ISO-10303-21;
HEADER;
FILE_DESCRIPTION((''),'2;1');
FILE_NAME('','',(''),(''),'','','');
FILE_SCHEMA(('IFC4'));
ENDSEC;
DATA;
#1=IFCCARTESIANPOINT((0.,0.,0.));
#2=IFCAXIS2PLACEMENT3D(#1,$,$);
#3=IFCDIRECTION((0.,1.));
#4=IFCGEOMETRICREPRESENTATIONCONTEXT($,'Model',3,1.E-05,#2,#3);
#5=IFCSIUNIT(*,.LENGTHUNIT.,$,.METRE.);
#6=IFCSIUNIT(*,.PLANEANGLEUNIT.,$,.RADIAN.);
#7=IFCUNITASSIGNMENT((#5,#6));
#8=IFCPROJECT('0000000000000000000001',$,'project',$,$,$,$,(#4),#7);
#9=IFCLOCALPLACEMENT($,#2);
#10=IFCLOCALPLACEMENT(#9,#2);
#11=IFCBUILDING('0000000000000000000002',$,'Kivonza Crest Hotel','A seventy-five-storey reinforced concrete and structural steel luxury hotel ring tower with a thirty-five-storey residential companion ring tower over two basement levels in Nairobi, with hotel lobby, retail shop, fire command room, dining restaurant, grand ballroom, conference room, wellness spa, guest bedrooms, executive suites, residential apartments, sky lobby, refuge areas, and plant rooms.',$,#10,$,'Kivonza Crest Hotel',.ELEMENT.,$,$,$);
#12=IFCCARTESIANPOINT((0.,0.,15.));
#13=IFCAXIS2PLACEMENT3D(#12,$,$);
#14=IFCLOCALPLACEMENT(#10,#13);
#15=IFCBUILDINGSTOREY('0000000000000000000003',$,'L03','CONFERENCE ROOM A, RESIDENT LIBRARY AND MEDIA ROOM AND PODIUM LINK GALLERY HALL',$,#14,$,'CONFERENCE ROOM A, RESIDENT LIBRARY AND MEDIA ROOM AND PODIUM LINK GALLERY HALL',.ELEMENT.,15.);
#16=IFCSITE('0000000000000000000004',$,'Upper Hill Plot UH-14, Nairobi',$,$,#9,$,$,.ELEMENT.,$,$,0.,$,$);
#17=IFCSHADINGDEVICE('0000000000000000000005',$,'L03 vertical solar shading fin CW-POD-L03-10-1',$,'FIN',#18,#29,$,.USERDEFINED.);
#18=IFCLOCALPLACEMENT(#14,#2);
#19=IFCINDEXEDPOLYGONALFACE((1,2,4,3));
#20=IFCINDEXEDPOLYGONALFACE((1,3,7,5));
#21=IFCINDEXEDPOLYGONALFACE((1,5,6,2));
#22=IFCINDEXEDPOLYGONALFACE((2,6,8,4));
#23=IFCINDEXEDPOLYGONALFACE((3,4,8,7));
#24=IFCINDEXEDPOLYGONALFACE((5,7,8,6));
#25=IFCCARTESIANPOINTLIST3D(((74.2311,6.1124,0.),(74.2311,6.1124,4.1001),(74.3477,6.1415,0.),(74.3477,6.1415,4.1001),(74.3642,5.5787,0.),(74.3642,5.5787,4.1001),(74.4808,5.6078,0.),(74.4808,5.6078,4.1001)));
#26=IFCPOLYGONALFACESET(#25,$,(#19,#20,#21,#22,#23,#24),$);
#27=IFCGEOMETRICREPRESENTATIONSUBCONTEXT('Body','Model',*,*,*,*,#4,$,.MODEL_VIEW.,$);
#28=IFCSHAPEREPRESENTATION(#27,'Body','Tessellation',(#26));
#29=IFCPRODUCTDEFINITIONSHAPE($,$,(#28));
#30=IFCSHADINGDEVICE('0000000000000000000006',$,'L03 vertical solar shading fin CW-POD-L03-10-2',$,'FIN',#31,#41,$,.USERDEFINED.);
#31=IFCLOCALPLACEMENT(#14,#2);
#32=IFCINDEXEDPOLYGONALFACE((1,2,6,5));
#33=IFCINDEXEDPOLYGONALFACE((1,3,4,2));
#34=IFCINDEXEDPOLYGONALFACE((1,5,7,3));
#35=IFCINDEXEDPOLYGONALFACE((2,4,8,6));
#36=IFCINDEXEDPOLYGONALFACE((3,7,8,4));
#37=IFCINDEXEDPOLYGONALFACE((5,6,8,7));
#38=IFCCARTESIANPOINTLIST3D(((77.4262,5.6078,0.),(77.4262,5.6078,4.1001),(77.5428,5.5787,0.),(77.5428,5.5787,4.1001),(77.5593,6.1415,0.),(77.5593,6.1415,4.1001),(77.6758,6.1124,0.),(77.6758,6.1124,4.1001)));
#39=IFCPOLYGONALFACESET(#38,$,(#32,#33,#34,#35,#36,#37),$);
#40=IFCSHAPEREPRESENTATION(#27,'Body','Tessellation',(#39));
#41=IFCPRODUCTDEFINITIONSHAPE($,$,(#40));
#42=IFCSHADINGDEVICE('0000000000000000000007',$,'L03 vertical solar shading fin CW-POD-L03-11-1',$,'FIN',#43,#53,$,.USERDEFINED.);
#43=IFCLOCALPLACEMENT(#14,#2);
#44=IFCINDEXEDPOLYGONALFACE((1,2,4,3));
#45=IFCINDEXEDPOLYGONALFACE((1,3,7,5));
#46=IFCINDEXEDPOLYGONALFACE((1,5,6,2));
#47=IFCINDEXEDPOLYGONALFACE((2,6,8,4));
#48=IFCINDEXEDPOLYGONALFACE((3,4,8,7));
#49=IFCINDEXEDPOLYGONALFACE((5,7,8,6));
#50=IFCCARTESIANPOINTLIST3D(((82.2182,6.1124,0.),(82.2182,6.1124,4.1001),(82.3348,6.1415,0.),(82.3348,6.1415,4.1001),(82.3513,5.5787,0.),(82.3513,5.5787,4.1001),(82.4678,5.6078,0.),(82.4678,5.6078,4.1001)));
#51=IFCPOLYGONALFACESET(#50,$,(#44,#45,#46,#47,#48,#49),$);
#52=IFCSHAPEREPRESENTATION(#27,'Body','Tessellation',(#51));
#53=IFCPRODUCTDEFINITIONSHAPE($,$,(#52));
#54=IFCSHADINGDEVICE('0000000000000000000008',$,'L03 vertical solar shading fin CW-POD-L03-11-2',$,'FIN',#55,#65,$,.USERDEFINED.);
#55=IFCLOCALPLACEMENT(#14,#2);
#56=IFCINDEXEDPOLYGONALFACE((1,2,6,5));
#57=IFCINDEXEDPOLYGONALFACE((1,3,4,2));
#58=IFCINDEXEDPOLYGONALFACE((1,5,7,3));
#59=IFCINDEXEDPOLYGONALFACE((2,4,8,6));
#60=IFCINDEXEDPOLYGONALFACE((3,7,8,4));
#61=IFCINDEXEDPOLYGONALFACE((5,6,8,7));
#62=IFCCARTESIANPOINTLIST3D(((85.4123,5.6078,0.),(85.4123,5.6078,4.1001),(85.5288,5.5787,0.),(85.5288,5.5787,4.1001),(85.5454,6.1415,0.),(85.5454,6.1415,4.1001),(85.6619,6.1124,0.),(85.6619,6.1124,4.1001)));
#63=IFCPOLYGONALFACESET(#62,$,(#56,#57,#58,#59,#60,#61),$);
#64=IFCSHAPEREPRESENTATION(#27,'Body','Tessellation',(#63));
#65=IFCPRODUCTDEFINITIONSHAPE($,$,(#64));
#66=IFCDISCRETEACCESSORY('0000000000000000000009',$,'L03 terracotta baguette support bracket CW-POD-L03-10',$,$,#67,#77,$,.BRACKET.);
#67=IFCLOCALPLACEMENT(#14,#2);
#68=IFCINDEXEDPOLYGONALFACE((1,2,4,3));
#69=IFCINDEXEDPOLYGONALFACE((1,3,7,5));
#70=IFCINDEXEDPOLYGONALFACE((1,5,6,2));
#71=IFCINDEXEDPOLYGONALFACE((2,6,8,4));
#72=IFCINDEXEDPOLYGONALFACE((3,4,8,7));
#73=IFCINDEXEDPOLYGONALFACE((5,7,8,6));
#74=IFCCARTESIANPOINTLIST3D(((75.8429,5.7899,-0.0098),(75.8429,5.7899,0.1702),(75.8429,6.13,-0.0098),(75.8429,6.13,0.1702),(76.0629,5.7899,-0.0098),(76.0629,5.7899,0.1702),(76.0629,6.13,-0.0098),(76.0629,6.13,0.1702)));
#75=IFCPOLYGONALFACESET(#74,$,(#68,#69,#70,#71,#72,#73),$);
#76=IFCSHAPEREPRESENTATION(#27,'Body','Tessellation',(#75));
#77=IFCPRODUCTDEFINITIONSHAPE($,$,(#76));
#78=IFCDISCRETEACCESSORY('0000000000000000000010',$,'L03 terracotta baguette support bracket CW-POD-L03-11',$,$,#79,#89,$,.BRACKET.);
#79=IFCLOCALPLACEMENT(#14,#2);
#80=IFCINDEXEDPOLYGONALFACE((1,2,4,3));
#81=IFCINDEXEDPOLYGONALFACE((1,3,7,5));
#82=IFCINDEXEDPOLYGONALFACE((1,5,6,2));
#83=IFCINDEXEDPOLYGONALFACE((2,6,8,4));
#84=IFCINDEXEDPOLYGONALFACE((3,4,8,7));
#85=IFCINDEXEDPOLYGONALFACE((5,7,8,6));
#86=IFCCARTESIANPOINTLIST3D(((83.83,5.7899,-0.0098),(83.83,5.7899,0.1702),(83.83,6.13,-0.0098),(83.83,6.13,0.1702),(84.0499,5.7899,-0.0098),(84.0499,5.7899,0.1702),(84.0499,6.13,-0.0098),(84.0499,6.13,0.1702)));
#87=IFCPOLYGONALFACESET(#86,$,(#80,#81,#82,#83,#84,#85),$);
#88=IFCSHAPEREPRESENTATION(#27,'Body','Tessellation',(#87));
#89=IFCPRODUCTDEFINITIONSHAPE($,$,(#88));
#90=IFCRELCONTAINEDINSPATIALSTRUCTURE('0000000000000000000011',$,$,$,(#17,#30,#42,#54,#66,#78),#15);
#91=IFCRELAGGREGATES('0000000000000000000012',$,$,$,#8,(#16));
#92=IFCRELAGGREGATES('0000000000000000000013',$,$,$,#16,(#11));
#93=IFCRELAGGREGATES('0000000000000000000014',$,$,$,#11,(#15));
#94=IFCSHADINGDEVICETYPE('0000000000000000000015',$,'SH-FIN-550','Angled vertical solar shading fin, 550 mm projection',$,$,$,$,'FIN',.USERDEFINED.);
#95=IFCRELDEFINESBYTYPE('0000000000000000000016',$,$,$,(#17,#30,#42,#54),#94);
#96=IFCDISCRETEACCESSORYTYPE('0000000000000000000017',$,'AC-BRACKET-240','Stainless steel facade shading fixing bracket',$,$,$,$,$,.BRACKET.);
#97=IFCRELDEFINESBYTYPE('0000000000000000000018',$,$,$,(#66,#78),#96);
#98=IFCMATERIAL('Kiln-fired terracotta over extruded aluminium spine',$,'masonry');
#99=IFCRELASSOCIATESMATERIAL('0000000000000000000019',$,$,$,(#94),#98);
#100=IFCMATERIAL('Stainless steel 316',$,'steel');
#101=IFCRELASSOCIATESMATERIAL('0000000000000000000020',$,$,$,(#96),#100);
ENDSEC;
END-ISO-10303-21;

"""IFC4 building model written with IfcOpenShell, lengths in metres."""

from ifc_helpers import new_model, si_unit, direction, frame, origin, origin_2d, place, context, subcontext, project, spatial, rectangle, extrude, material, type_object, element, save


model = new_model("IFC4")

# Units and contexts
model_context = context("Model", 3, precision=1e-05, world=origin(), true_north=direction((0.0, 1.0)))
body_context = subcontext(model_context, "Body", "Model", "MODEL_VIEW")
ifc_project = project(units=[si_unit("LENGTHUNIT", "METRE"), si_unit("PLANEANGLEUNIT", "RADIAN")], contexts=[model_context])

# Site, building, storey
site_placement = place(None, origin())
site = spatial("IfcSite", under=ifc_project, at=site_placement, Name="Upper Hill Plot UH-14, Nairobi", CompositionType="ELEMENT", RefElevation=0.0)
building_placement = place(site_placement, origin())
building = spatial("IfcBuilding", under=site, at=building_placement, Name="Kivonza Crest Hotel", Description="A seventy-five-storey reinforced concrete and structural steel luxury hotel ring tower with a thirty-five-storey residential companion ring tower over two basement levels in Nairobi, with hotel lobby, retail shop, fire command room, dining restaurant, grand ballroom, conference room, wellness spa, guest bedrooms, executive suites, residential apartments, sky lobby, refuge areas, and plant rooms.", LongName="Kivonza Crest Hotel", CompositionType="ELEMENT")
storey_placement = place(building_placement, frame((0.0, 0.0, 15.0)))
storey = spatial("IfcBuildingStorey", under=building, at=storey_placement, Name="L03", Description="CONFERENCE ROOM A, RESIDENT LIBRARY AND MEDIA ROOM AND PODIUM LINK GALLERY HALL", LongName="CONFERENCE ROOM A, RESIDENT LIBRARY AND MEDIA ROOM AND PODIUM LINK GALLERY HALL", CompositionType="ELEMENT", Elevation=15.0)

# Shading devices
ifc_material_1 = material(Name="Kiln-fired terracotta over extruded aluminium spine", Category="masonry")
shading_device_type_1 = type_object("IfcShadingDeviceType", Name="SH-FIN-550", Description="Angled vertical solar shading fin, 550 mm projection", ElementType="FIN", PredefinedType="USERDEFINED", material=ifc_material_1)
for number, where, z_axis, x_axis, name in (
    (1, (74.356, 5.8601, 0.0), (0.0, 0.0, 1.0), (0.970296, 0.241922, 0.0), "L03 vertical solar shading fin CW-POD-L03-10-1"),
    (2, (77.551, 5.8601, 0.0), (0.0, 0.0, 1.0), (0.970296, -0.241922, 0.0), "L03 vertical solar shading fin CW-POD-L03-10-2"),
    (3, (82.343, 5.8601, 0.0), (0.0, 0.0, 1.0), (0.970296, 0.241922, 0.0), "L03 vertical solar shading fin CW-POD-L03-11-1"),
    (4, (85.5371, 5.8601, 0.0), (0.0, 0.0, 1.0), (0.970296, -0.241922, 0.0), "L03 vertical solar shading fin CW-POD-L03-11-2"),
):
    element("IfcShadingDevice", number, at=place(storey_placement, frame(where, z_axis=z_axis, x_axis=x_axis)), inside=storey, type_object=shading_device_type_1, Name=name, ObjectType="FIN", PredefinedType="USERDEFINED", context=body_context, shape_type="SweptSolid", body=[
        extrude(rectangle(XDim=0.1201, YDim=0.55, at=origin_2d()), origin(), (0.0, 0.0, 1.0), 4.1001),
    ])

# Discrete accessories
ifc_material_2 = material(Name="Stainless steel 316", Category="steel")
discrete_accessory_type = type_object("IfcDiscreteAccessoryType", Name="AC-BRACKET-240", Description="Stainless steel facade shading fixing bracket", PredefinedType="BRACKET", material=ifc_material_2)
for number, where, z_axis, x_axis, name in (
    (5, (75.9529, 5.96, -0.0098), (0.0, 0.0, 1.0), (1.0, 0.0, 0.0), "L03 terracotta baguette support bracket CW-POD-L03-10"),
    (6, (83.9399, 5.96, -0.0098), (0.0, 0.0, 1.0), (1.0, 0.0, 0.0), "L03 terracotta baguette support bracket CW-POD-L03-11"),
):
    element("IfcDiscreteAccessory", number, at=place(storey_placement, frame(where, z_axis=z_axis, x_axis=x_axis)), inside=storey, type_object=discrete_accessory_type, Name=name, PredefinedType="BRACKET", context=body_context, shape_type="SweptSolid", body=[
        extrude(rectangle(XDim=0.22, YDim=0.3401, at=origin_2d()), origin(), (0.0, 0.0, 1.0), 0.1799),
    ])

save(model, "model.ifc")
